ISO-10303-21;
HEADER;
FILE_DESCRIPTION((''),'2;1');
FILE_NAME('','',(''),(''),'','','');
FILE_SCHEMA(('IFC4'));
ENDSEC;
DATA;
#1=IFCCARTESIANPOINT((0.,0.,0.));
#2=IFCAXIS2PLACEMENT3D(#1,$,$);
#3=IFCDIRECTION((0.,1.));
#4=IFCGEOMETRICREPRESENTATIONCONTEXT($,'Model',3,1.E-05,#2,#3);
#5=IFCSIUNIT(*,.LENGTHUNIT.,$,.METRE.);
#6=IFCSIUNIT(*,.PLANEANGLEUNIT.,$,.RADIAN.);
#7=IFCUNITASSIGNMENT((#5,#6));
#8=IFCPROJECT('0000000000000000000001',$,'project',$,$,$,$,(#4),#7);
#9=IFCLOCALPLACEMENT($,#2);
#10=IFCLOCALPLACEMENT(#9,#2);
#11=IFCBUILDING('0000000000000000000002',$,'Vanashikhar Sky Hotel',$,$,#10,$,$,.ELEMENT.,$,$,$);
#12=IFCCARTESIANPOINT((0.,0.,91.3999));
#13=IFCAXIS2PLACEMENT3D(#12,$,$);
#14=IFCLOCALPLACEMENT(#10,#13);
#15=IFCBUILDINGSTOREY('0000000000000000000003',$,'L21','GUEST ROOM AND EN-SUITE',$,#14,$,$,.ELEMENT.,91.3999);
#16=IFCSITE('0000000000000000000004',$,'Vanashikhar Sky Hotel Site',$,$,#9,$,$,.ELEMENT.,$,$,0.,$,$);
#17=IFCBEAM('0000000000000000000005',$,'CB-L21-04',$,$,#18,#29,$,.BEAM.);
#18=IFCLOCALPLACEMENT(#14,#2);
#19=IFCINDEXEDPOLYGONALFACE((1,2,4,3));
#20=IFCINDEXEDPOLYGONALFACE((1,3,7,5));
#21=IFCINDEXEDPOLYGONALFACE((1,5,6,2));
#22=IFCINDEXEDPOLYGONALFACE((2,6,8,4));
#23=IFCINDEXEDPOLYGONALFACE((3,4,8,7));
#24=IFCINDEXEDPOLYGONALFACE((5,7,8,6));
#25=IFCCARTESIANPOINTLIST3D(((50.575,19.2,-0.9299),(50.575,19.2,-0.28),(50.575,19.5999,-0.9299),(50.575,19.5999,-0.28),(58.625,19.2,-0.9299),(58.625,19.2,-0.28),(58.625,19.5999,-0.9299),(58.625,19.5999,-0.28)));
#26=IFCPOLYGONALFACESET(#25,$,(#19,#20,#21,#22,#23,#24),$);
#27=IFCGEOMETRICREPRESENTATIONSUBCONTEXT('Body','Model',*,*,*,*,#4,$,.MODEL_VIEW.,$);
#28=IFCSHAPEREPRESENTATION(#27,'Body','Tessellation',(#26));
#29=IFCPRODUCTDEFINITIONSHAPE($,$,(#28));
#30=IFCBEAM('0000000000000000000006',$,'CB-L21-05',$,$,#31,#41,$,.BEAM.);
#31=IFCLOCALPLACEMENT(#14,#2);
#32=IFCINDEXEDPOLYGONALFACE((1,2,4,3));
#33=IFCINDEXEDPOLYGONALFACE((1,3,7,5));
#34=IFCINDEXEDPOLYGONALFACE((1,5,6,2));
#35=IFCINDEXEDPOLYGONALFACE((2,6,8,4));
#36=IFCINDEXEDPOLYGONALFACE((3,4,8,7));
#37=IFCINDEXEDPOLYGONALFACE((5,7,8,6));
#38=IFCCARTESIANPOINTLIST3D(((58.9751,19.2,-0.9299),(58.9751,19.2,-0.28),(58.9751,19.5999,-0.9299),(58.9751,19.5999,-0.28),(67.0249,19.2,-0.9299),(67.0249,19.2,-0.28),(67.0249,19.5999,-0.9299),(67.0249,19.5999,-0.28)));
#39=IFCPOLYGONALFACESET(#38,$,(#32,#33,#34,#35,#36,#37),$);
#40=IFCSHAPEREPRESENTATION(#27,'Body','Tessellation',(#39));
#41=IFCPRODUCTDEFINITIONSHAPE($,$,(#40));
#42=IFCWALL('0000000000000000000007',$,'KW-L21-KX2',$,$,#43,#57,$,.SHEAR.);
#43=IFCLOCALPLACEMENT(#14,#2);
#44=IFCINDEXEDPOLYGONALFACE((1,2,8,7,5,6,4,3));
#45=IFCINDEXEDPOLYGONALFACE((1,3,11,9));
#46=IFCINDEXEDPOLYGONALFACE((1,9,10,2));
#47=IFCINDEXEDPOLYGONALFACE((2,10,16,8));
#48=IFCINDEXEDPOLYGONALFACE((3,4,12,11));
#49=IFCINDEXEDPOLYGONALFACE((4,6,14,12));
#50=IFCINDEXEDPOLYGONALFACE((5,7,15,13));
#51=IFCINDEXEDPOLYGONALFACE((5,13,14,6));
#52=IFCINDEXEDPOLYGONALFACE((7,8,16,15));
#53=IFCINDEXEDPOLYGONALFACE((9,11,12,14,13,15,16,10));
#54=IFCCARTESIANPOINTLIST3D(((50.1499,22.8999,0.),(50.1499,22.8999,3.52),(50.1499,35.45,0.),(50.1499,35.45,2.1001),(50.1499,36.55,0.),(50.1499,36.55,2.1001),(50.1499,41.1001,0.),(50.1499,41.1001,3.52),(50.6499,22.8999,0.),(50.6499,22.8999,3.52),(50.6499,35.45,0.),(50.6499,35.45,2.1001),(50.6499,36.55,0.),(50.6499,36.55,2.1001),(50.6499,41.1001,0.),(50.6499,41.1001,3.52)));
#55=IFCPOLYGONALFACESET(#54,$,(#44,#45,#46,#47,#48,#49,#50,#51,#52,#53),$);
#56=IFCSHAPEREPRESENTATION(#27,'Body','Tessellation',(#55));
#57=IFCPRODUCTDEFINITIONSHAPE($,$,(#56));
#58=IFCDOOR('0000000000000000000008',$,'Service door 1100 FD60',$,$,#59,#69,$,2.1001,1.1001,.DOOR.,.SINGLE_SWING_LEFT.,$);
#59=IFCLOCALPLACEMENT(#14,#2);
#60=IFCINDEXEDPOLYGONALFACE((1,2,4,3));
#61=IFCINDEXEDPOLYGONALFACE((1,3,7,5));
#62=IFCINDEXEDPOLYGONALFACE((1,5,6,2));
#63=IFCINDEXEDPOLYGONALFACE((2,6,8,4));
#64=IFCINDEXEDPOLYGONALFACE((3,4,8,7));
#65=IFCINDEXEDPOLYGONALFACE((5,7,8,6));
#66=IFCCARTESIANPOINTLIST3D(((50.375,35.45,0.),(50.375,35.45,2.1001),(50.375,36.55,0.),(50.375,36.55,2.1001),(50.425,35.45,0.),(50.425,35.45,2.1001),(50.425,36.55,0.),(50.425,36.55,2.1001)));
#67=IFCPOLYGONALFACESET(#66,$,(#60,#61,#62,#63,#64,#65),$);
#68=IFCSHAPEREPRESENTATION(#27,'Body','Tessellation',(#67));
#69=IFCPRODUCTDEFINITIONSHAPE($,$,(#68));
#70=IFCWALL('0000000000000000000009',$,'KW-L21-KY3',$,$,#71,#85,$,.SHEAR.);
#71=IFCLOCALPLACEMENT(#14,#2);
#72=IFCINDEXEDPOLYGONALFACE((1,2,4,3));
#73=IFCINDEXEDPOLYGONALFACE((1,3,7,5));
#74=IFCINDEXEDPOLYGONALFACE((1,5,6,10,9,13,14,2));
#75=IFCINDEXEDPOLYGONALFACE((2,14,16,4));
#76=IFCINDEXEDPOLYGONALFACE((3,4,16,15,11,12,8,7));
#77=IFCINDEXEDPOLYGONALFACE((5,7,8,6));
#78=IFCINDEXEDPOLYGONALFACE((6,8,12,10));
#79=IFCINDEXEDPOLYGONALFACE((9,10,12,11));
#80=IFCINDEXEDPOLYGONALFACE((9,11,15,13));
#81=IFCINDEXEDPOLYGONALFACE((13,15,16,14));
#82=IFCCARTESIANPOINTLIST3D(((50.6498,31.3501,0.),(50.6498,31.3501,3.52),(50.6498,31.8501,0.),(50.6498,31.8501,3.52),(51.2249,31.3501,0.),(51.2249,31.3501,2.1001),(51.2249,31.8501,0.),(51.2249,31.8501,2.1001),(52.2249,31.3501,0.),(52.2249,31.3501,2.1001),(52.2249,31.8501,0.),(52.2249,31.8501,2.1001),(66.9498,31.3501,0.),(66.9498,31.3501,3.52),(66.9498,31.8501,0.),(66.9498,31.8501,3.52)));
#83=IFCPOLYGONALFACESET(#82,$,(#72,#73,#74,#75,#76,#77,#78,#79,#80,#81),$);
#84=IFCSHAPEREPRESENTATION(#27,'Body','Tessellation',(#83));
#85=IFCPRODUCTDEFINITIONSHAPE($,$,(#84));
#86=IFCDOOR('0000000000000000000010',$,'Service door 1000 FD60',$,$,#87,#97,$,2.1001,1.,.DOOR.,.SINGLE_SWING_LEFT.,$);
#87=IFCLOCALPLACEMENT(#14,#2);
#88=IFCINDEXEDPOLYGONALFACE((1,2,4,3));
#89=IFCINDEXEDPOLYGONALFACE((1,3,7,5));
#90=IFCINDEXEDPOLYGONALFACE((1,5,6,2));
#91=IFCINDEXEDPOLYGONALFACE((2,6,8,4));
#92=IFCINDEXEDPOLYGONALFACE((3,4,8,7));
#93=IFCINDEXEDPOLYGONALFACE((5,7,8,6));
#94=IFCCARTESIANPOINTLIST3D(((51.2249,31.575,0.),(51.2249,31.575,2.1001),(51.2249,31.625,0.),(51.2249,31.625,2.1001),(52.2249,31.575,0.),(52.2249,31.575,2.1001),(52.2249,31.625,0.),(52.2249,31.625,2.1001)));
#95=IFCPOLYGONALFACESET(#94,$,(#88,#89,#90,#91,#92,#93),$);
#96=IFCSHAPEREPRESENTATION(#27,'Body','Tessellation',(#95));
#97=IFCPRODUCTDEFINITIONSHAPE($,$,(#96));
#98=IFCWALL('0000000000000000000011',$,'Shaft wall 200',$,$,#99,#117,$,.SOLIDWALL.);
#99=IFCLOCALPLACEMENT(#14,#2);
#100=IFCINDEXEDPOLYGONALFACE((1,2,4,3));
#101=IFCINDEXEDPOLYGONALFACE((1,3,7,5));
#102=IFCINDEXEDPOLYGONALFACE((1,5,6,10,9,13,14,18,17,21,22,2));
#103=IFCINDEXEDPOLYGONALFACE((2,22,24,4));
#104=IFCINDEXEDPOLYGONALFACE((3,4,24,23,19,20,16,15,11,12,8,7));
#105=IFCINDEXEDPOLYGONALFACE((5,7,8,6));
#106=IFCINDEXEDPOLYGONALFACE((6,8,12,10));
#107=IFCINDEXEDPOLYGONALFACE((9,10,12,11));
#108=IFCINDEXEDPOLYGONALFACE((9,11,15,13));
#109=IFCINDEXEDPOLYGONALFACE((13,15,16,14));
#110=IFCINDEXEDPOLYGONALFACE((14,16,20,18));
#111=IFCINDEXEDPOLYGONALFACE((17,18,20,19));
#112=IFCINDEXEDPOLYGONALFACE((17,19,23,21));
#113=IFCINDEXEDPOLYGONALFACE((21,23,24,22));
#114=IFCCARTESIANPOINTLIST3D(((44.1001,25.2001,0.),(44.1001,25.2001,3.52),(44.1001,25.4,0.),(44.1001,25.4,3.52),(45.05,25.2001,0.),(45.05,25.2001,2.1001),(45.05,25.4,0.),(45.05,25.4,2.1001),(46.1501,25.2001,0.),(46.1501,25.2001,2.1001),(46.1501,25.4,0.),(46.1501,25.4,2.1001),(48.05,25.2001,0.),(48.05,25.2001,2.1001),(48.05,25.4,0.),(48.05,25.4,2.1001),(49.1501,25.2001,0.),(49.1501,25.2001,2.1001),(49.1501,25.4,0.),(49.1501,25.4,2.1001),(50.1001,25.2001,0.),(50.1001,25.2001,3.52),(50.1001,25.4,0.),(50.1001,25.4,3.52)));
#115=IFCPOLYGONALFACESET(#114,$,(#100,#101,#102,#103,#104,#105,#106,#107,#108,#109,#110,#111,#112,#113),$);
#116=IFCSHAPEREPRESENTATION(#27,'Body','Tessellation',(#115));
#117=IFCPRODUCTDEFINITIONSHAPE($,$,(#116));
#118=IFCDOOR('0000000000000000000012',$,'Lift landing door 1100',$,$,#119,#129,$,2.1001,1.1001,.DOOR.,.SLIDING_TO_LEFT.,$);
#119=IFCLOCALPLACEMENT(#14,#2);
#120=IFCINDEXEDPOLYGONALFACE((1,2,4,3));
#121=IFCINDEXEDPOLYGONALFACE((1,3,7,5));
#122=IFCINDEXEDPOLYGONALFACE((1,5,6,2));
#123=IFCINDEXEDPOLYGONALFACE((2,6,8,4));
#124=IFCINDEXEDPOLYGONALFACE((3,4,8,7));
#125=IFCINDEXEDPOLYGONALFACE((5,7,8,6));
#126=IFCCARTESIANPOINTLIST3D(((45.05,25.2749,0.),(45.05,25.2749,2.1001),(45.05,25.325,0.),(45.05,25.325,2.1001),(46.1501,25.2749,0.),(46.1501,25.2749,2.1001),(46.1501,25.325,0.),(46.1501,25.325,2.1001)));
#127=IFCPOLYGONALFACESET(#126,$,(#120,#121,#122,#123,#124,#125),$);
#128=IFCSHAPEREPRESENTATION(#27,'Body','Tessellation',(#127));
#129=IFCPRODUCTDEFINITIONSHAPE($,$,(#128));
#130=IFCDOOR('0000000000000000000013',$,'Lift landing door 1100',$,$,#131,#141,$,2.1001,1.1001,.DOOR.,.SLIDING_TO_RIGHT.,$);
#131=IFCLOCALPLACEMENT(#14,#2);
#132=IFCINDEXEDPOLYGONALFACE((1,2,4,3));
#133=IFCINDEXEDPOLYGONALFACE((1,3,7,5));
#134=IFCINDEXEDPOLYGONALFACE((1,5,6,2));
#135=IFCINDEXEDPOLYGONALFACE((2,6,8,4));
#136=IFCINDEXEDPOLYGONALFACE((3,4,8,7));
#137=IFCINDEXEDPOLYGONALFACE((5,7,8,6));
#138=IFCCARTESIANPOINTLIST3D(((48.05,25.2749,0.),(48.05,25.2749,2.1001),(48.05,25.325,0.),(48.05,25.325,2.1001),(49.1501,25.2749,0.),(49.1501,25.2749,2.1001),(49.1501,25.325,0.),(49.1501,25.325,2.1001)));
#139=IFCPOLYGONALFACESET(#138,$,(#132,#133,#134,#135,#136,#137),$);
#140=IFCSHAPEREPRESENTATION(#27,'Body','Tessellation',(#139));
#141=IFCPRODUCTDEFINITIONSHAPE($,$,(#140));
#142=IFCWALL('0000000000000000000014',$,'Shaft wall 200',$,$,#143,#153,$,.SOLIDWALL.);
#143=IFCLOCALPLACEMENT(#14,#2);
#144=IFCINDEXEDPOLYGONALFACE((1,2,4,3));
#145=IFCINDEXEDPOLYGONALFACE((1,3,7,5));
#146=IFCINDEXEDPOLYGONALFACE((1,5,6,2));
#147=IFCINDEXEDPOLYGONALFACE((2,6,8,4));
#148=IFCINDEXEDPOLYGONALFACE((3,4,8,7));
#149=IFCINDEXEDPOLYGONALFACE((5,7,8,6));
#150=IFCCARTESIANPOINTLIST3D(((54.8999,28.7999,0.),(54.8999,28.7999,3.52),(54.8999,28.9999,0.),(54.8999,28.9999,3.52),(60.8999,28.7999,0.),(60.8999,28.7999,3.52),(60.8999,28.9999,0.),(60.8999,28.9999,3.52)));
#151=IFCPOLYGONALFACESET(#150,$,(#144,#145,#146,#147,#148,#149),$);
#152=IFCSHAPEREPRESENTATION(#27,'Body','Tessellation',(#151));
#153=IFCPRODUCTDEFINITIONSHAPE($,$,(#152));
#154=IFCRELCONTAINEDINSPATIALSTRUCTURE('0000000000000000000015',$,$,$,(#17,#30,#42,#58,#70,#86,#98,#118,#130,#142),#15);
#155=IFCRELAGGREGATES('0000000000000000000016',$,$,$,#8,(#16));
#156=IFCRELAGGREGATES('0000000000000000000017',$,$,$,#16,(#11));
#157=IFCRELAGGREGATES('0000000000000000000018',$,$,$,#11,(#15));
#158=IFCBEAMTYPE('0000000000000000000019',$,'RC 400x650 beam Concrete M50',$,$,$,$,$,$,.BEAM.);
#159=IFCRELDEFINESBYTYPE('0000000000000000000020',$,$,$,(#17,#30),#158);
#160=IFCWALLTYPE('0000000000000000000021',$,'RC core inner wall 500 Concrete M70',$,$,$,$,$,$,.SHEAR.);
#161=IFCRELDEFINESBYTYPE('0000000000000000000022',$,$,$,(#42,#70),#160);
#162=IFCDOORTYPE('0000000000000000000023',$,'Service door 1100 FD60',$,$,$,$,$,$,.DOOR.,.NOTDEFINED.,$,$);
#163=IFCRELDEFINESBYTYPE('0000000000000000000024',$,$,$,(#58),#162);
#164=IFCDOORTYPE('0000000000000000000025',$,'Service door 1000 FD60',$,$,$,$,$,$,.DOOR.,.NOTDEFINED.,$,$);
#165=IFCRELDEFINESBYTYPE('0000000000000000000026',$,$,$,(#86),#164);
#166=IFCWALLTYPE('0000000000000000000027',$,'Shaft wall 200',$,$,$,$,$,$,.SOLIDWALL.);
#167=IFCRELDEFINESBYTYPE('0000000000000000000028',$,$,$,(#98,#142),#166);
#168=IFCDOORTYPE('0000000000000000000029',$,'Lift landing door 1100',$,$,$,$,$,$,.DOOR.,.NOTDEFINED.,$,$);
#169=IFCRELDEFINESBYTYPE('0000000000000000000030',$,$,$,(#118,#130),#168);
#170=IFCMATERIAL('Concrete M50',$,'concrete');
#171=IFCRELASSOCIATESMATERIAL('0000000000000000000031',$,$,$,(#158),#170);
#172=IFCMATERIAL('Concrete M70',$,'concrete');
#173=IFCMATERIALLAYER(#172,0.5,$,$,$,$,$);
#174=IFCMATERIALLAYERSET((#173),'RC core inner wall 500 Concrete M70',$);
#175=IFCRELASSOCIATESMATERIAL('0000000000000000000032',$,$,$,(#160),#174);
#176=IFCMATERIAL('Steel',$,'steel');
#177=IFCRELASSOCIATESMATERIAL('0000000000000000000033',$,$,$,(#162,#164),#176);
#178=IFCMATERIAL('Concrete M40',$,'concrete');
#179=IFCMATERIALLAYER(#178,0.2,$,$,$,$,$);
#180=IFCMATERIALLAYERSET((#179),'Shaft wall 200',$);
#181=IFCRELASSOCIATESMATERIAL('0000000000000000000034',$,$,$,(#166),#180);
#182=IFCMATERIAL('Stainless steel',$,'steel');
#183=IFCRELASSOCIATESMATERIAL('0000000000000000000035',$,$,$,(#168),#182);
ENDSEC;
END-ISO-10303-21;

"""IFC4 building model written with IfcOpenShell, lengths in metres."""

from ifc_helpers import new_model, si_unit, direction, frame, frame_2d, origin, origin_2d, place, context, subcontext, project, spatial, rectangle, extrude, source, transform, mapped, material, layer, layer_set, material_profile, profile_set, type_object, element, fill, save


model = new_model("IFC4")

# Units and contexts
model_context = context("Model", 3, precision=1e-05, world=origin(), true_north=direction((0.0, 1.0)))
body_context = subcontext(model_context, "Body", "Model", "MODEL_VIEW")
ifc_project = project(units=[si_unit("LENGTHUNIT", "METRE"), si_unit("PLANEANGLEUNIT", "RADIAN")], contexts=[model_context])

# Site, building, storey
site_placement = place(None, origin())
site = spatial("IfcSite", under=ifc_project, at=site_placement, Name="Vanashikhar Sky Hotel Site", CompositionType="ELEMENT", RefElevation=0.0)
building_placement = place(site_placement, origin())
building = spatial("IfcBuilding", under=site, at=building_placement, Name="Vanashikhar Sky Hotel", CompositionType="ELEMENT")
storey_placement = place(building_placement, frame((0.0, 0.0, 91.3999)))
storey = spatial("IfcBuildingStorey", under=building, at=storey_placement, Name="L21", Description="GUEST ROOM AND EN-SUITE", CompositionType="ELEMENT", Elevation=91.3999)

# Beams
ifc_material_1 = material(Name="Concrete M50", Category="concrete")
ifc_material_profile = material_profile(ifc_material_1, rectangle(XDim=0.3999, YDim=0.6499, at=origin_2d()))
ifc_profile_set = profile_set([ifc_material_profile], Name="RC 400x650 beam Concrete M50")
beam_type = type_object("IfcBeamType", Name="RC 400x650 beam Concrete M50", PredefinedType="BEAM", material=ifc_profile_set)
shared_shape_1 = source(origin(), body_context, "Body", "SweptSolid", [
    extrude(rectangle(XDim=0.3999, YDim=0.6499, at=origin_2d()), origin(), (0.0, 0.0, 1.0), 8.05),
])
beam_1_placement = place(storey_placement, frame((50.575, 19.3999, -0.605), z_axis=(1.0, 0.0, 0.0), x_axis=(0.0, 1.0, 0.0)))
element("IfcBeam", 1, at=beam_1_placement, inside=storey, type_object=beam_type, Name="CB-L21-04", PredefinedType="BEAM", context=body_context, shape_type="MappedRepresentation", body=[
    mapped(shared_shape_1, transform((0.0, 0.0, 0.0), scale=1.0)),
])
shared_shape_2 = source(origin(), body_context, "Body", "SweptSolid", [
    extrude(rectangle(XDim=0.3999, YDim=0.6499, at=origin_2d()), origin(), (0.0, 0.0, 1.0), 8.0498),
])
beam_2_placement = place(storey_placement, frame((58.9751, 19.3999, -0.605), z_axis=(1.0, 0.0, 0.0), x_axis=(0.0, 1.0, 0.0)))
element("IfcBeam", 2, at=beam_2_placement, inside=storey, type_object=beam_type, Name="CB-L21-05", PredefinedType="BEAM", context=body_context, shape_type="MappedRepresentation", body=[
    mapped(shared_shape_2, transform((0.0, 0.0, 0.0), scale=1.0)),
])

# Walls, openings, doors
ifc_material_2 = material(Name="Concrete M70", Category="concrete")
ifc_layer_1 = layer(ifc_material_2, 0.5)
ifc_layer_set_1 = layer_set([ifc_layer_1], Name="RC core inner wall 500 Concrete M70")
wall_type_1 = type_object("IfcWallType", Name="RC core inner wall 500 Concrete M70", PredefinedType="SHEAR", material=ifc_layer_set_1)
shared_shape_3 = source(origin(), body_context, "Body", "SweptSolid", [
    extrude(rectangle(XDim=18.2002, YDim=0.5, at=frame_2d((9.1001, 0.0))), origin(), (0.0, 0.0, 1.0), 3.52),
])
wall_1_placement = place(storey_placement, frame((50.3999, 22.8999, 0.0), z_axis=(0.0, 0.0, 1.0), x_axis=(0.0, 1.0, 0.0)))
wall_1 = element("IfcWall", 3, at=wall_1_placement, inside=storey, type_object=wall_type_1, Name="KW-L21-KX2", PredefinedType="SHEAR", context=body_context, shape_type="MappedRepresentation", body=[
    mapped(shared_shape_3, transform((0.0, 0.0, 0.0), scale=1.0)),
])
shared_shape_4 = source(origin(), body_context, "Body", "SweptSolid", [
    extrude(rectangle(XDim=1.1001, YDim=2.1001, at=frame_2d((0.55, 1.05))), frame((0.0, 0.26, 0.0), z_axis=(0.0, -1.0, 0.0), x_axis=(1.0, 0.0, 0.0)), (0.0, 0.0, 1.0), 0.52),
])
opening_1_placement = place(wall_1_placement, frame((12.55, 0.0, 0.0)))
opening_1 = element("IfcOpeningElement", 4, at=opening_1_placement, cuts=wall_1, PredefinedType="OPENING", context=body_context, shape_type="MappedRepresentation", body=[
    mapped(shared_shape_4, transform((0.0, 0.0, 0.0), scale=1.0)),
])
ifc_material_3 = material(Name="Steel", Category="steel")
door_type_1 = type_object("IfcDoorType", Name="Service door 1100 FD60", OperationType="NOTDEFINED", PredefinedType="DOOR", material=ifc_material_3)
shared_shape_5 = source(origin(), body_context, "Body", "SweptSolid", [
    extrude(rectangle(XDim=1.1001, YDim=2.1001, at=frame_2d((0.55, 1.05))), frame((0.0, 0.0249, 0.0), z_axis=(0.0, -1.0, 0.0), x_axis=(1.0, 0.0, 0.0)), (0.0, 0.0, 1.0), 0.05),
])
door_1_placement = place(opening_1_placement, origin())
door_1 = element("IfcDoor", 5, at=door_1_placement, inside=storey, type_object=door_type_1, Name="Service door 1100 FD60", OperationType="SINGLE_SWING_LEFT", OverallHeight=2.1001, OverallWidth=1.1001, PredefinedType="DOOR", context=body_context, shape_type="MappedRepresentation", body=[
    mapped(shared_shape_5, transform((0.0, 0.0, 0.0), scale=1.0)),
])
fill(opening_1, door_1)
shared_shape_6 = source(origin(), body_context, "Body", "SweptSolid", [
    extrude(rectangle(XDim=16.3, YDim=0.5, at=frame_2d((8.1499, 0.0))), origin(), (0.0, 0.0, 1.0), 3.52),
])
wall_2_placement = place(storey_placement, frame((50.6499, 31.6001, 0.0), z_axis=(0.0, 0.0, 1.0), x_axis=(1.0, 0.0, 0.0)))
wall_2 = element("IfcWall", 6, at=wall_2_placement, inside=storey, type_object=wall_type_1, Name="KW-L21-KY3", PredefinedType="SHEAR", context=body_context, shape_type="MappedRepresentation", body=[
    mapped(shared_shape_6, transform((0.0, 0.0, 0.0), scale=1.0)),
])
shared_shape_7 = source(origin(), body_context, "Body", "SweptSolid", [
    extrude(rectangle(XDim=1.0, YDim=2.1001, at=frame_2d((0.5, 1.05))), frame((0.0, 0.26, 0.0), z_axis=(0.0, -1.0, 0.0), x_axis=(1.0, 0.0, 0.0)), (0.0, 0.0, 1.0), 0.52),
])
opening_2_placement = place(wall_2_placement, frame((0.575, 0.0, 0.0)))
opening_2 = element("IfcOpeningElement", 7, at=opening_2_placement, cuts=wall_2, PredefinedType="OPENING", context=body_context, shape_type="MappedRepresentation", body=[
    mapped(shared_shape_7, transform((0.0, 0.0, 0.0), scale=1.0)),
])
door_type_2 = type_object("IfcDoorType", Name="Service door 1000 FD60", OperationType="NOTDEFINED", PredefinedType="DOOR", material=ifc_material_3)
shared_shape_8 = source(origin(), body_context, "Body", "SweptSolid", [
    extrude(rectangle(XDim=1.0, YDim=2.1001, at=frame_2d((0.5, 1.05))), frame((0.0, 0.0249, 0.0), z_axis=(0.0, -1.0, 0.0), x_axis=(1.0, 0.0, 0.0)), (0.0, 0.0, 1.0), 0.05),
])
door_2_placement = place(opening_2_placement, origin())
door_2 = element("IfcDoor", 8, at=door_2_placement, inside=storey, type_object=door_type_2, Name="Service door 1000 FD60", OperationType="SINGLE_SWING_LEFT", OverallHeight=2.1001, OverallWidth=1.0, PredefinedType="DOOR", context=body_context, shape_type="MappedRepresentation", body=[
    mapped(shared_shape_8, transform((0.0, 0.0, 0.0), scale=1.0)),
])
fill(opening_2, door_2)

# Wall, openings, doors
ifc_material_4 = material(Name="Concrete M40", Category="concrete")
ifc_layer_2 = layer(ifc_material_4, 0.2)
ifc_layer_set_2 = layer_set([ifc_layer_2], Name="Shaft wall 200")
wall_type_2 = type_object("IfcWallType", Name="Shaft wall 200", PredefinedType="SOLIDWALL", material=ifc_layer_set_2)
shared_shape_9 = source(origin(), body_context, "Body", "SweptSolid", [
    extrude(rectangle(XDim=6.0, YDim=0.2, at=frame_2d((3.0, 0.0))), origin(), (0.0, 0.0, 1.0), 3.52),
])
wall_3_placement = place(storey_placement, frame((44.1001, 25.3, 0.0), z_axis=(0.0, 0.0, 1.0), x_axis=(1.0, 0.0, 0.0)))
wall_3 = element("IfcWall", 9, at=wall_3_placement, inside=storey, type_object=wall_type_2, Name="Shaft wall 200", PredefinedType="SOLIDWALL", context=body_context, shape_type="MappedRepresentation", body=[
    mapped(shared_shape_9, transform((0.0, 0.0, 0.0), scale=1.0)),
])
shared_shape_10 = source(origin(), body_context, "Body", "SweptSolid", [
    extrude(rectangle(XDim=1.1001, YDim=2.1001, at=frame_2d((0.55, 1.05))), frame((0.0, 0.1099, 0.0), z_axis=(0.0, -1.0, 0.0), x_axis=(1.0, 0.0, 0.0)), (0.0, 0.0, 1.0), 0.22),
])
opening_3_placement = place(wall_3_placement, frame((0.95, 0.0, 0.0)))
opening_3 = element("IfcOpeningElement", 10, at=opening_3_placement, cuts=wall_3, PredefinedType="OPENING", context=body_context, shape_type="MappedRepresentation", body=[
    mapped(shared_shape_10, transform((0.0, 0.0, 0.0), scale=1.0)),
])
opening_4_placement = place(wall_3_placement, frame((3.95, 0.0, 0.0)))
opening_4 = element("IfcOpeningElement", 11, at=opening_4_placement, cuts=wall_3, PredefinedType="OPENING", context=body_context, shape_type="MappedRepresentation", body=[
    mapped(shared_shape_10, transform((0.0, 0.0, 0.0), scale=1.0)),
])
ifc_material_5 = material(Name="Stainless steel", Category="steel")
door_type_3 = type_object("IfcDoorType", Name="Lift landing door 1100", OperationType="NOTDEFINED", PredefinedType="DOOR", material=ifc_material_5)
door_3_placement = place(opening_3_placement, origin())
door_3 = element("IfcDoor", 12, at=door_3_placement, inside=storey, type_object=door_type_3, Name="Lift landing door 1100", OperationType="SLIDING_TO_LEFT", OverallHeight=2.1001, OverallWidth=1.1001, PredefinedType="DOOR", context=body_context, shape_type="MappedRepresentation", body=[
    mapped(shared_shape_5, transform((0.0, 0.0, 0.0), scale=1.0)),
])
fill(opening_3, door_3)
door_4_placement = place(opening_4_placement, origin())
door_4 = element("IfcDoor", 13, at=door_4_placement, inside=storey, type_object=door_type_3, Name="Lift landing door 1100", OperationType="SLIDING_TO_RIGHT", OverallHeight=2.1001, OverallWidth=1.1001, PredefinedType="DOOR", context=body_context, shape_type="MappedRepresentation", body=[
    mapped(shared_shape_5, transform((0.0, 0.0, 0.0), scale=1.0)),
])
fill(opening_4, door_4)

# Wall
wall_4_placement = place(storey_placement, frame((60.8999, 28.8999, 0.0), z_axis=(0.0, 0.0, 1.0), x_axis=(-1.0, 0.0, 0.0)))
element("IfcWall", 14, at=wall_4_placement, inside=storey, type_object=wall_type_2, Name="Shaft wall 200", PredefinedType="SOLIDWALL", context=body_context, shape_type="MappedRepresentation", body=[
    mapped(shared_shape_9, transform((0.0, 0.0, 0.0), scale=1.0)),
])

save(model, "model.ifc")
